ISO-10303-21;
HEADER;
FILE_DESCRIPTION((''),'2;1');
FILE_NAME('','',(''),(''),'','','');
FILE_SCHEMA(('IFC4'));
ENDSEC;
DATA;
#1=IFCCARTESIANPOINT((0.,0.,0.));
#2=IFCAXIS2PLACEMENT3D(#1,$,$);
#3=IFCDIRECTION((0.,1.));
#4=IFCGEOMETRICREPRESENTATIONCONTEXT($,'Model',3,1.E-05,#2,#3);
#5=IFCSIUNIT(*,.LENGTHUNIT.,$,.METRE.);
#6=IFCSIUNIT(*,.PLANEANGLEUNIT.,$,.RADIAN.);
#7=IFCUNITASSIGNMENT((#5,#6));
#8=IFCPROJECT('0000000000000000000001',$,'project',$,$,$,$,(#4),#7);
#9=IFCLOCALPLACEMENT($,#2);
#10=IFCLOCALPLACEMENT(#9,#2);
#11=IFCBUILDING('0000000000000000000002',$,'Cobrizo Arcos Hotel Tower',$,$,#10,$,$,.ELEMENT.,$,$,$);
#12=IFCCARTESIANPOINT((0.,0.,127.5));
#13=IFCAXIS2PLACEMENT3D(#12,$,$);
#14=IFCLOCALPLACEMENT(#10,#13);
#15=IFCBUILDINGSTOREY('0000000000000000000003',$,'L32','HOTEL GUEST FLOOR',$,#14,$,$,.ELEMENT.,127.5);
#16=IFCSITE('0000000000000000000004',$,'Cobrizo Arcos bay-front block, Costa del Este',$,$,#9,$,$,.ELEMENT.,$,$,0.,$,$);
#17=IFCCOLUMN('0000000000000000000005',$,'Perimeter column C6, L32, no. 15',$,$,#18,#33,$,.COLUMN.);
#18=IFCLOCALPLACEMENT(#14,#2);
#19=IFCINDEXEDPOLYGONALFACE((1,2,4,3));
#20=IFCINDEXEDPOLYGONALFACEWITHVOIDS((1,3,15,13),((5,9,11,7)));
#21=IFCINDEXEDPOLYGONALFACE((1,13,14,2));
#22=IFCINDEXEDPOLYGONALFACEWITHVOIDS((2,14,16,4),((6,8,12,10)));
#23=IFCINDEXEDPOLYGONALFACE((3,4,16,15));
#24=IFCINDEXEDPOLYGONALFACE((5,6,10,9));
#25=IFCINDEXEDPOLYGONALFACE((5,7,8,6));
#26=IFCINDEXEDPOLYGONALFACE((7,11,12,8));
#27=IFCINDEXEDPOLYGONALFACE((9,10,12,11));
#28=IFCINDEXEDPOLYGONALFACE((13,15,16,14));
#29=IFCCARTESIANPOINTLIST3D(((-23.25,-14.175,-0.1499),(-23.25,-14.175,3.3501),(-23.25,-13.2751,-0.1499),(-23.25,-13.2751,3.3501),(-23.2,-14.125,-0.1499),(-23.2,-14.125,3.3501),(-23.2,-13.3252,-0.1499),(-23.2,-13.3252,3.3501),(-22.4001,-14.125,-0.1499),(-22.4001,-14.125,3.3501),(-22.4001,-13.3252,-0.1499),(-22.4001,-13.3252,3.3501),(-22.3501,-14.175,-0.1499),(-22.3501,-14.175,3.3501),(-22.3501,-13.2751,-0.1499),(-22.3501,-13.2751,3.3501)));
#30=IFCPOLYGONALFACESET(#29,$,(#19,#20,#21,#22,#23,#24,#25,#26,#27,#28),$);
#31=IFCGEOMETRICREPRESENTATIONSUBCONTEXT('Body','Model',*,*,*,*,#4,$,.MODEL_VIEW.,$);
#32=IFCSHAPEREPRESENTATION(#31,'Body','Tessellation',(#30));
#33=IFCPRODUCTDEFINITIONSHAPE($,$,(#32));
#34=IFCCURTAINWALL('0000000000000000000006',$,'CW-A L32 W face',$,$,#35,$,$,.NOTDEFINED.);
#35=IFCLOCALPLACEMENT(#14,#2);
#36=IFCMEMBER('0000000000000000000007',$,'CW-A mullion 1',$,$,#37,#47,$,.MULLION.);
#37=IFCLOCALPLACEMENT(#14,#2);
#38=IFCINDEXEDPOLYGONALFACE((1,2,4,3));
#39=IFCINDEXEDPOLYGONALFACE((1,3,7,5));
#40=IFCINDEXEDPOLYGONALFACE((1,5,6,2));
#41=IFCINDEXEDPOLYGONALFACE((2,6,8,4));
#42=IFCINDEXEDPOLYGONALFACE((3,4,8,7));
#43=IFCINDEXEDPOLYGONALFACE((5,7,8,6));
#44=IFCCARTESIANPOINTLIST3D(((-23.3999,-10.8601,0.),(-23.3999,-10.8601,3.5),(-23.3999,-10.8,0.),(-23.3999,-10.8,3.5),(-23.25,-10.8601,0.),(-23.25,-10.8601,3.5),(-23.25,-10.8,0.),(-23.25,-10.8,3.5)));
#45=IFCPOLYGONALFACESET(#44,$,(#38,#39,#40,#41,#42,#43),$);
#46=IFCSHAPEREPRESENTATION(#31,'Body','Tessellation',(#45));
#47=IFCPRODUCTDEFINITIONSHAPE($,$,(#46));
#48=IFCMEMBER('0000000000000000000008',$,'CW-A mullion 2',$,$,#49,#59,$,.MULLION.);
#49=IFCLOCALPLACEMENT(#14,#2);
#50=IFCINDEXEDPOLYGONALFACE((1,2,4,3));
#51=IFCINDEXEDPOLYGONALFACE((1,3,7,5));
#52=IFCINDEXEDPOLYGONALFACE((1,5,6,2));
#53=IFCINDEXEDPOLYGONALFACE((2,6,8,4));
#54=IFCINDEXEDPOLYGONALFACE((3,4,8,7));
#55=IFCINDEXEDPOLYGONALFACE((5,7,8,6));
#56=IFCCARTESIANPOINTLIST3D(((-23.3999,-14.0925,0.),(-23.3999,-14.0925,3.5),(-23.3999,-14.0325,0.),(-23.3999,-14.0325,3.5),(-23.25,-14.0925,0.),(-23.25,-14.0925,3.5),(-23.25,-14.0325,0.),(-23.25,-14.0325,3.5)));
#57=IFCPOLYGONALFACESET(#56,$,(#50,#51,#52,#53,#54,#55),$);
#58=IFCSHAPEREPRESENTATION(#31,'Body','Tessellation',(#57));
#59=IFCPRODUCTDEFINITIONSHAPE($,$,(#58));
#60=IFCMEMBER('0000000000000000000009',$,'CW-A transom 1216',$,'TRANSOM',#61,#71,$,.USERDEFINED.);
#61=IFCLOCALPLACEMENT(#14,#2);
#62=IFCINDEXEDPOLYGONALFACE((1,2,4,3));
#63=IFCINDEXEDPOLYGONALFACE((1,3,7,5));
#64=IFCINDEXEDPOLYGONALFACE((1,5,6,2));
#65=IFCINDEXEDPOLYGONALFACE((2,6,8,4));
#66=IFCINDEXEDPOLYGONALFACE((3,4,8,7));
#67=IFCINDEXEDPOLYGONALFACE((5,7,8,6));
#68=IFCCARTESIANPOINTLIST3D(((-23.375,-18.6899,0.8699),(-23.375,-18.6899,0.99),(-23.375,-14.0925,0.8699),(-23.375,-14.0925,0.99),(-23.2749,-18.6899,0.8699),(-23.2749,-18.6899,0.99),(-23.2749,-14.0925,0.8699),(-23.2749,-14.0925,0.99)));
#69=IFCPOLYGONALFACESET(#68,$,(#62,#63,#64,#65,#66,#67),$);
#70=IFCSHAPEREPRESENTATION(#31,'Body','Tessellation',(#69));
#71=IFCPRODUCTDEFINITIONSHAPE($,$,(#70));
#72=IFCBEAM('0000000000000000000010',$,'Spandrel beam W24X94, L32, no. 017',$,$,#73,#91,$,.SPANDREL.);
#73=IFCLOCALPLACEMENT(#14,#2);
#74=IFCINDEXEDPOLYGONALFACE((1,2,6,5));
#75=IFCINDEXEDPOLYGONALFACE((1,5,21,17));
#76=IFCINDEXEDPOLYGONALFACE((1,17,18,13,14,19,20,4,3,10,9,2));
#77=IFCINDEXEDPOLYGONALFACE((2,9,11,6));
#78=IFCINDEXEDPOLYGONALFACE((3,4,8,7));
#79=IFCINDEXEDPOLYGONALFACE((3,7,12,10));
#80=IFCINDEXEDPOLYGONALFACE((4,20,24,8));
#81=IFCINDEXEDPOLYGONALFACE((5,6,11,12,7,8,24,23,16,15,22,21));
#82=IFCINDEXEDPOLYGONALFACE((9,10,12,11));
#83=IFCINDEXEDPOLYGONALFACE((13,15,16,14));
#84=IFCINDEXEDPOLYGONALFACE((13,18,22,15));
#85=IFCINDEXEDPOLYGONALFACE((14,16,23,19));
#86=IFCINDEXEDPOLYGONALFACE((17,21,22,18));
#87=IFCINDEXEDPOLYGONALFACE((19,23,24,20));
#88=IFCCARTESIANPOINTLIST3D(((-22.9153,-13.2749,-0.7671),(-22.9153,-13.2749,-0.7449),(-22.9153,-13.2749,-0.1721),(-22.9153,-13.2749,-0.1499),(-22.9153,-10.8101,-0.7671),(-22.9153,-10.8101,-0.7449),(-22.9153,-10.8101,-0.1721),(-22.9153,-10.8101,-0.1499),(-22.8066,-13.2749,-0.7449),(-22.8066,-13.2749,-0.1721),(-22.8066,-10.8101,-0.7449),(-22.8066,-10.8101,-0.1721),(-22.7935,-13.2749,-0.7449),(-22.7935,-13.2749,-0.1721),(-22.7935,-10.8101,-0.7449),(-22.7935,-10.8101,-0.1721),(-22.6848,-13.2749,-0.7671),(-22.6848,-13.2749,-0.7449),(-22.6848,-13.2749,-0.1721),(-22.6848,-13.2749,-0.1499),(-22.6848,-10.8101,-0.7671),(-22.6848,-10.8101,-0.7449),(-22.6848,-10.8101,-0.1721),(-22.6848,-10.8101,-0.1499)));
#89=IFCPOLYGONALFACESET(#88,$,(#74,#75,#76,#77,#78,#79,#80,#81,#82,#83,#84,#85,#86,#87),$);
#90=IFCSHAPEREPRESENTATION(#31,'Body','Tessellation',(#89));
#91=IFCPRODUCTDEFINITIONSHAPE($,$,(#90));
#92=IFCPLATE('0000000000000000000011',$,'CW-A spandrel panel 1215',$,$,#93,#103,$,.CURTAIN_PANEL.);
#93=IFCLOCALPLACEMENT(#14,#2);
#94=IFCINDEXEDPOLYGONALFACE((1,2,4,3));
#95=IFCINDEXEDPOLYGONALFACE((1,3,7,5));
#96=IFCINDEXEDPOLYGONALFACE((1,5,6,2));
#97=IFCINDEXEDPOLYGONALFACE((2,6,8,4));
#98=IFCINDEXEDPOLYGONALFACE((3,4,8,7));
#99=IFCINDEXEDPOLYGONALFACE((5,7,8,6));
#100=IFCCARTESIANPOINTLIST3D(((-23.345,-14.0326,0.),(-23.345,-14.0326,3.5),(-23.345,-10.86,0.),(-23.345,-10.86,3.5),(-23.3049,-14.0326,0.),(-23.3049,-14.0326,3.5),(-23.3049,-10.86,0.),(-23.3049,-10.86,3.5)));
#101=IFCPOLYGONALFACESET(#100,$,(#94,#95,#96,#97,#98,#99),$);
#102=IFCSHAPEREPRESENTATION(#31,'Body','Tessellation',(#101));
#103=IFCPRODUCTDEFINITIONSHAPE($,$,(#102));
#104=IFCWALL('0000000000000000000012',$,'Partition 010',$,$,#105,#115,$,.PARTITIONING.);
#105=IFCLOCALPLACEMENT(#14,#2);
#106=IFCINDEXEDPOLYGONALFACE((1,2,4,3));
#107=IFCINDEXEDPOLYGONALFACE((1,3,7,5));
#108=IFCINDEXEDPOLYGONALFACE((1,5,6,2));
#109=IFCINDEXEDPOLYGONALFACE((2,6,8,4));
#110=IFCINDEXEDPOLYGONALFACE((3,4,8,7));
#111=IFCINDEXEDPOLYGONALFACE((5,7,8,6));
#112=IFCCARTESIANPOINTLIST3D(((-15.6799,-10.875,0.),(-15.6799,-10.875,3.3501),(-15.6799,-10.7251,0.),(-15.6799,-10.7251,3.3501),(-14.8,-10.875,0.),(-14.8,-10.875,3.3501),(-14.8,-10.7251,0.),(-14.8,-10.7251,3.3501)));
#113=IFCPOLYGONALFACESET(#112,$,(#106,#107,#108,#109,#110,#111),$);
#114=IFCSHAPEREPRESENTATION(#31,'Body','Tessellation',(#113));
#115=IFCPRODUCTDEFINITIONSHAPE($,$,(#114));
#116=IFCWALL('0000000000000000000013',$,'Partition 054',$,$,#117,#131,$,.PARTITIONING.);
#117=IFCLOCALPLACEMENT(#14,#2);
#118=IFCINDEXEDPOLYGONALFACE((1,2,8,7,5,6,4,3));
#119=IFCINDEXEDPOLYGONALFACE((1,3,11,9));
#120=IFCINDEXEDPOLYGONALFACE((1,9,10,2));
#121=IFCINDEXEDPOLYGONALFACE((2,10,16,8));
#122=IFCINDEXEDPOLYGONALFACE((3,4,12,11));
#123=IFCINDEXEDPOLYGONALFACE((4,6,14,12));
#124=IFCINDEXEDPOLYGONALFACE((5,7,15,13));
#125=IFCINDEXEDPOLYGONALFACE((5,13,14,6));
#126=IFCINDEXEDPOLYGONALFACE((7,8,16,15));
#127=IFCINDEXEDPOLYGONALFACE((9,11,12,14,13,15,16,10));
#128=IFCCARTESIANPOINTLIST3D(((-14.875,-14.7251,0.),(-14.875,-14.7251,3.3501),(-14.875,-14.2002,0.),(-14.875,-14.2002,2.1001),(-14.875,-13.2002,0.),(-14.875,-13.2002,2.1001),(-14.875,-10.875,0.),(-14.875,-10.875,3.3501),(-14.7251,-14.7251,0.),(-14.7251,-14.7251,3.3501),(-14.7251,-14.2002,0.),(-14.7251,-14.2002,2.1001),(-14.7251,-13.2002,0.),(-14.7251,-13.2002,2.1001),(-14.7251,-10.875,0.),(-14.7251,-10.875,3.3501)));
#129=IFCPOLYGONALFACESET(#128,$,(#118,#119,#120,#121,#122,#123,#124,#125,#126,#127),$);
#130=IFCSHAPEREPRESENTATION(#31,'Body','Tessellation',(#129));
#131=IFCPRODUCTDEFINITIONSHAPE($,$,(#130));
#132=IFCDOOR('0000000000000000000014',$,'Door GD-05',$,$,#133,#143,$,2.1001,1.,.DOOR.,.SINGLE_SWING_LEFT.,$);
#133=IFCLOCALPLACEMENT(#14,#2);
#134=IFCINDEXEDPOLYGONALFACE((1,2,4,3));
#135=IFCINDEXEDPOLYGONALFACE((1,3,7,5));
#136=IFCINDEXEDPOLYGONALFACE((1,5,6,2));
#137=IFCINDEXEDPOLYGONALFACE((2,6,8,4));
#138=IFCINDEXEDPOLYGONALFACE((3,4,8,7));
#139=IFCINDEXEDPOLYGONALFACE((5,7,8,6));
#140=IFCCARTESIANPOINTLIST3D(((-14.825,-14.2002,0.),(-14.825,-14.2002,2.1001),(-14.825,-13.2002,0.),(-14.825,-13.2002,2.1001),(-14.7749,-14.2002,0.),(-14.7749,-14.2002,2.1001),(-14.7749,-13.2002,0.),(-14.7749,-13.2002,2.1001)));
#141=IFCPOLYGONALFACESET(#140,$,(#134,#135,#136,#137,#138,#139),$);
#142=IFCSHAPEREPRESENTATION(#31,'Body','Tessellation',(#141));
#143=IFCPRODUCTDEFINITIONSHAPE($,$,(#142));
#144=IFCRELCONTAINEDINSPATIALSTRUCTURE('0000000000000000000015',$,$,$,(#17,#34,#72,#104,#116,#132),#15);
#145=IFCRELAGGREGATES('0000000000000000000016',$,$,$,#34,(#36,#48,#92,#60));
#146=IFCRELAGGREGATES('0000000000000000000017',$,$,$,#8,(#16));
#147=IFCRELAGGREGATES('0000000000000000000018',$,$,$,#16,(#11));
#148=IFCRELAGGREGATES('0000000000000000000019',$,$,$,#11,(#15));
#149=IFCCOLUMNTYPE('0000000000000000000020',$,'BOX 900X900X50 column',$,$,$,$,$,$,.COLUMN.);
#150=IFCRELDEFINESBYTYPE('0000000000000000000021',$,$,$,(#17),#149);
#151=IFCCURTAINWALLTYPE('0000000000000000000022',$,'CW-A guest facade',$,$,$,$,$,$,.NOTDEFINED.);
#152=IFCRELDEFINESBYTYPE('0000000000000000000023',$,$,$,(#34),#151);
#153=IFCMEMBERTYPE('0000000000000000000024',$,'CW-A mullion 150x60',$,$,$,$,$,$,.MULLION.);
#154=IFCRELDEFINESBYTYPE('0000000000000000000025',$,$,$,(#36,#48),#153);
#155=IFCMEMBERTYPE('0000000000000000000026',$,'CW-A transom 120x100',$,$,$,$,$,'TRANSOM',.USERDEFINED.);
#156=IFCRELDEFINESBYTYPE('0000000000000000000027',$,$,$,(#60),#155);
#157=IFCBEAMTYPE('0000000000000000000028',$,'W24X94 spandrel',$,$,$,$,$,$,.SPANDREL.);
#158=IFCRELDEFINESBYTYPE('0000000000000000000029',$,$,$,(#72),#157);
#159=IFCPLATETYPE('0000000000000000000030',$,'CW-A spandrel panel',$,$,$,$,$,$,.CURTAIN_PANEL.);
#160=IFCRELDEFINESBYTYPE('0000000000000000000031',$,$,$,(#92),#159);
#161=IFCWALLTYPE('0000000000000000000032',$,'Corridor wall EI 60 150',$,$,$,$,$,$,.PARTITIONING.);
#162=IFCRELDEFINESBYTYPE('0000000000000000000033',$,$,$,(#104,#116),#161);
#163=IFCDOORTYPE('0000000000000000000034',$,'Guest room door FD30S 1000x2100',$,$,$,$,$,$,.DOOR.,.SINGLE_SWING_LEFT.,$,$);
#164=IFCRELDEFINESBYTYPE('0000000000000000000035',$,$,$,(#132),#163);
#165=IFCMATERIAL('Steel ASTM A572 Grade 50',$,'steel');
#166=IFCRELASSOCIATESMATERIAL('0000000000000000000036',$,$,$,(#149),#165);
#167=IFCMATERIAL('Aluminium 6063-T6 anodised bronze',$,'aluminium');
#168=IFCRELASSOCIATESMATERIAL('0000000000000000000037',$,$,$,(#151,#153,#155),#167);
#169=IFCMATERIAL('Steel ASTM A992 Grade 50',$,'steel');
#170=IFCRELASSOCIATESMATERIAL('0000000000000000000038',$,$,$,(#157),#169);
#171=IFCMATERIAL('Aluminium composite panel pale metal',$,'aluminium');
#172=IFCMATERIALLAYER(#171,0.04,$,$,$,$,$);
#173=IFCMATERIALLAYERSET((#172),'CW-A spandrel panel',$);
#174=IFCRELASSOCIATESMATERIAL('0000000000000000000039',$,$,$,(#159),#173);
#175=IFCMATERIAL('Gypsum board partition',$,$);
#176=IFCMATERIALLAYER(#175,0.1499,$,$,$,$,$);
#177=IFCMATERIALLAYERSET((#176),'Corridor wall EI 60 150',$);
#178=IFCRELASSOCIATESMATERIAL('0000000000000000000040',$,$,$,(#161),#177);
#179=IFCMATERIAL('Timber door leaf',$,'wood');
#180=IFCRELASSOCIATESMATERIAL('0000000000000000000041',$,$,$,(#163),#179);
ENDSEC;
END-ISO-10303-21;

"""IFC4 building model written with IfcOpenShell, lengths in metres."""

from ifc_helpers import new_model, si_unit, direction, frame, frame_2d, origin, origin_2d, place, context, subcontext, project, spatial, rectangle, hollow_rectangle, i_section, extrude, material, layer, layer_set, material_profile, profile_set, type_object, element, fill, aggregate, save


model = new_model("IFC4")

# Units and contexts
model_context = context("Model", 3, precision=1e-05, world=origin(), true_north=direction((0.0, 1.0)))
body_context = subcontext(model_context, "Body", "Model", "MODEL_VIEW")
ifc_project = project(units=[si_unit("LENGTHUNIT", "METRE"), si_unit("PLANEANGLEUNIT", "RADIAN")], contexts=[model_context])

# Site, building, storey
site_placement = place(None, origin())
site = spatial("IfcSite", under=ifc_project, at=site_placement, Name="Cobrizo Arcos bay-front block, Costa del Este", CompositionType="ELEMENT", RefElevation=0.0)
building_placement = place(site_placement, origin())
building = spatial("IfcBuilding", under=site, at=building_placement, Name="Cobrizo Arcos Hotel Tower", CompositionType="ELEMENT")
storey_placement = place(building_placement, frame((0.0, 0.0, 127.5)))
storey = spatial("IfcBuildingStorey", under=building, at=storey_placement, Name="L32", Description="HOTEL GUEST FLOOR", CompositionType="ELEMENT", Elevation=127.5)

# Column
ifc_material_1 = material(Name="Steel ASTM A572 Grade 50", Category="steel")
ifc_material_profile_1 = material_profile(ifc_material_1, hollow_rectangle(XDim=0.8999, YDim=0.8999, WallThickness=0.05, at=origin_2d()), Name="BOX 900X900X50")
ifc_profile_set_1 = profile_set([ifc_material_profile_1], Name="Steel ASTM A572 Grade 50")
column_type = type_object("IfcColumnType", Name="BOX 900X900X50 column", PredefinedType="COLUMN", material=ifc_profile_set_1)
column_placement = place(storey_placement, frame((-22.8, -13.7251, -0.1499), z_axis=(0.0, 0.0, 1.0), x_axis=(1.0, 0.0, 0.0)))
element("IfcColumn", 1, at=column_placement, inside=storey, type_object=column_type, Name="Perimeter column C6, L32, no. 15", PredefinedType="COLUMN", context=body_context, shape_type="SweptSolid", body=[
    extrude(hollow_rectangle(XDim=0.8999, YDim=0.8999, WallThickness=0.05, at=origin_2d()), origin(), (0.0, 0.0, 1.0), 3.5),
])

# Curtain wall, members
ifc_material_2 = material(Name="Aluminium 6063-T6 anodised bronze", Category="aluminium")
curtain_wall_type = type_object("IfcCurtainWallType", Name="CW-A guest facade", PredefinedType="NOTDEFINED", material=ifc_material_2)
curtain_wall_placement = place(storey_placement, origin())
curtain_wall = element("IfcCurtainWall", 2, at=curtain_wall_placement, inside=storey, type_object=curtain_wall_type, Name="CW-A L32 W face", PredefinedType="NOTDEFINED")
ifc_material_profile_2 = material_profile(ifc_material_2, rectangle(XDim=0.1499, YDim=0.0601, at=origin_2d()), Name="CW-A mullion 150x60")
ifc_profile_set_2 = profile_set([ifc_material_profile_2], Name="Aluminium 6063-T6 anodised bronze")
member_type_1 = type_object("IfcMemberType", Name="CW-A mullion 150x60", PredefinedType="MULLION", material=ifc_profile_set_2)
member_1_placement = place(storey_placement, frame((-23.325, -10.8301, 0.0), z_axis=(0.0, 0.0, 1.0), x_axis=(-1.0, 0.0, 0.0)))
member_1 = element("IfcMember", 3, at=member_1_placement, type_object=member_type_1, Name="CW-A mullion 1", PredefinedType="MULLION", context=body_context, shape_type="SweptSolid", body=[
    extrude(rectangle(XDim=0.1499, YDim=0.0601, at=origin_2d()), origin(), (0.0, 0.0, 1.0), 3.5),
])
member_2_placement = place(storey_placement, frame((-23.325, -14.0625, 0.0), z_axis=(0.0, 0.0, 1.0), x_axis=(-1.0, 0.0, 0.0)))
member_2 = element("IfcMember", 4, at=member_2_placement, type_object=member_type_1, Name="CW-A mullion 2", PredefinedType="MULLION", context=body_context, shape_type="SweptSolid", body=[
    extrude(rectangle(XDim=0.1499, YDim=0.0601, at=origin_2d()), origin(), (0.0, 0.0, 1.0), 3.5),
])
ifc_material_profile_3 = material_profile(ifc_material_2, rectangle(XDim=0.1001, YDim=0.1201, at=origin_2d()), Name="CW-A transom 120x100")
ifc_profile_set_3 = profile_set([ifc_material_profile_3], Name="Aluminium 6063-T6 anodised bronze")
member_type_2 = type_object("IfcMemberType", Name="CW-A transom 120x100", ElementType="TRANSOM", PredefinedType="USERDEFINED", material=ifc_profile_set_3)
member_3_placement = place(storey_placement, frame((-23.325, -14.0925, 0.9299), z_axis=(0.0, -1.0, 0.0), x_axis=(1.0, 0.0, 0.0)))
member_3 = element("IfcMember", 5, at=member_3_placement, type_object=member_type_2, Name="CW-A transom 1216", ObjectType="TRANSOM", PredefinedType="USERDEFINED", context=body_context, shape_type="SweptSolid", body=[
    extrude(rectangle(XDim=0.1001, YDim=0.1201, at=origin_2d()), origin(), (0.0, 0.0, 1.0), 4.5974),
])

# Beam
ifc_material_3 = material(Name="Steel ASTM A992 Grade 50", Category="steel")
ifc_material_profile_4 = material_profile(ifc_material_3, i_section(OverallWidth=0.2305, OverallDepth=0.6172, WebThickness=0.0132, FlangeThickness=0.0222, at=origin_2d()), Name="W24X94")
ifc_profile_set_4 = profile_set([ifc_material_profile_4], Name="Steel ASTM A992 Grade 50")
beam_type = type_object("IfcBeamType", Name="W24X94 spandrel", PredefinedType="SPANDREL", material=ifc_profile_set_4)
beam_placement = place(storey_placement, frame((-22.8, -13.2749, -0.4585), z_axis=(0.0, 1.0, 0.0), x_axis=(-1.0, 0.0, 0.0)))
element("IfcBeam", 6, at=beam_placement, inside=storey, type_object=beam_type, Name="Spandrel beam W24X94, L32, no. 017", PredefinedType="SPANDREL", context=body_context, shape_type="SweptSolid", body=[
    extrude(i_section(OverallWidth=0.2305, OverallDepth=0.6172, WebThickness=0.0132, FlangeThickness=0.0222, at=origin_2d()), origin(), (0.0, 0.0, 1.0), 2.4648),
])

# Plate
ifc_material_4 = material(Name="Aluminium composite panel pale metal", Category="aluminium")
ifc_layer_1 = layer(ifc_material_4, 0.04)
ifc_layer_set_1 = layer_set([ifc_layer_1], Name="CW-A spandrel panel")
plate_type = type_object("IfcPlateType", Name="CW-A spandrel panel", PredefinedType="CURTAIN_PANEL", material=ifc_layer_set_1)
plate_placement = place(storey_placement, frame((-23.325, -12.4463, 0.0), z_axis=(0.0, 0.0, 1.0), x_axis=(0.0, -1.0, 0.0)))
plate = element("IfcPlate", 7, at=plate_placement, type_object=plate_type, Name="CW-A spandrel panel 1215", PredefinedType="CURTAIN_PANEL", context=body_context, shape_type="SweptSolid", body=[
    extrude(rectangle(XDim=3.1726, YDim=0.04, at=origin_2d()), origin(), (0.0, 0.0, 1.0), 3.5),
])
aggregate(curtain_wall, [member_1, member_2, plate, member_3])

# Wall
ifc_material_5 = material(Name="Gypsum board partition")
ifc_layer_2 = layer(ifc_material_5, 0.1499)
ifc_layer_set_2 = layer_set([ifc_layer_2], Name="Corridor wall EI 60 150")
wall_type_1 = type_object("IfcWallType", Name="Corridor wall EI 60 150", PredefinedType="PARTITIONING", material=ifc_layer_set_2)
wall_1_placement = place(storey_placement, frame((-15.6799, -10.8, 0.0), z_axis=(0.0, 0.0, 1.0), x_axis=(1.0, 0.0, 0.0)))
element("IfcWall", 8, at=wall_1_placement, inside=storey, type_object=wall_type_1, Name="Partition 010", PredefinedType="PARTITIONING", context=body_context, shape_type="SweptSolid", body=[
    extrude(rectangle(XDim=0.8799, YDim=0.1499, at=frame_2d((0.4399, 0.0))), origin(), (0.0, 0.0, 1.0), 3.3501),
])

# Wall, opening, door
wall_2_placement = place(storey_placement, frame((-14.8, -14.7251, 0.0), z_axis=(0.0, 0.0, 1.0), x_axis=(0.0, 1.0, 0.0)))
wall_2 = element("IfcWall", 9, at=wall_2_placement, inside=storey, type_object=wall_type_1, Name="Partition 054", PredefinedType="PARTITIONING", context=body_context, shape_type="SweptSolid", body=[
    extrude(rectangle(XDim=3.8501, YDim=0.1499, at=frame_2d((1.925, 0.0))), origin(), (0.0, 0.0, 1.0), 3.3501),
])
opening_1_placement = place(wall_2_placement, frame((0.5249, 0.0, 0.0)))
opening_1 = element("IfcOpeningElement", 10, at=opening_1_placement, cuts=wall_2, PredefinedType="OPENING", context=body_context, shape_type="SweptSolid", body=[
    extrude(rectangle(XDim=1.0, YDim=2.1001, at=frame_2d((0.5, 1.05))), frame((0.0, 0.0869, 0.0), z_axis=(0.0, -1.0, 0.0), x_axis=(1.0, 0.0, 0.0)), (0.0, 0.0, 1.0), 0.1738),
])
ifc_material_6 = material(Name="Timber door leaf", Category="wood")
door_type_1 = type_object("IfcDoorType", Name="Guest room door FD30S 1000x2100", OperationType="SINGLE_SWING_LEFT", PredefinedType="DOOR", material=ifc_material_6)
door_1_placement = place(opening_1_placement, origin())
door_1 = element("IfcDoor", 11, at=door_1_placement, inside=storey, type_object=door_type_1, Name="Door GD-05", OperationType="SINGLE_SWING_LEFT", OverallHeight=2.1001, OverallWidth=1.0, PredefinedType="DOOR", context=body_context, shape_type="SweptSolid", body=[
    extrude(rectangle(XDim=1.0, YDim=2.1001, at=frame_2d((0.5, 1.05))), frame((0.0, 0.0249, 0.0), z_axis=(0.0, -1.0, 0.0), x_axis=(1.0, 0.0, 0.0)), (0.0, 0.0, 1.0), 0.05),
])
fill(opening_1, door_1)

save(model, "model.ifc")
